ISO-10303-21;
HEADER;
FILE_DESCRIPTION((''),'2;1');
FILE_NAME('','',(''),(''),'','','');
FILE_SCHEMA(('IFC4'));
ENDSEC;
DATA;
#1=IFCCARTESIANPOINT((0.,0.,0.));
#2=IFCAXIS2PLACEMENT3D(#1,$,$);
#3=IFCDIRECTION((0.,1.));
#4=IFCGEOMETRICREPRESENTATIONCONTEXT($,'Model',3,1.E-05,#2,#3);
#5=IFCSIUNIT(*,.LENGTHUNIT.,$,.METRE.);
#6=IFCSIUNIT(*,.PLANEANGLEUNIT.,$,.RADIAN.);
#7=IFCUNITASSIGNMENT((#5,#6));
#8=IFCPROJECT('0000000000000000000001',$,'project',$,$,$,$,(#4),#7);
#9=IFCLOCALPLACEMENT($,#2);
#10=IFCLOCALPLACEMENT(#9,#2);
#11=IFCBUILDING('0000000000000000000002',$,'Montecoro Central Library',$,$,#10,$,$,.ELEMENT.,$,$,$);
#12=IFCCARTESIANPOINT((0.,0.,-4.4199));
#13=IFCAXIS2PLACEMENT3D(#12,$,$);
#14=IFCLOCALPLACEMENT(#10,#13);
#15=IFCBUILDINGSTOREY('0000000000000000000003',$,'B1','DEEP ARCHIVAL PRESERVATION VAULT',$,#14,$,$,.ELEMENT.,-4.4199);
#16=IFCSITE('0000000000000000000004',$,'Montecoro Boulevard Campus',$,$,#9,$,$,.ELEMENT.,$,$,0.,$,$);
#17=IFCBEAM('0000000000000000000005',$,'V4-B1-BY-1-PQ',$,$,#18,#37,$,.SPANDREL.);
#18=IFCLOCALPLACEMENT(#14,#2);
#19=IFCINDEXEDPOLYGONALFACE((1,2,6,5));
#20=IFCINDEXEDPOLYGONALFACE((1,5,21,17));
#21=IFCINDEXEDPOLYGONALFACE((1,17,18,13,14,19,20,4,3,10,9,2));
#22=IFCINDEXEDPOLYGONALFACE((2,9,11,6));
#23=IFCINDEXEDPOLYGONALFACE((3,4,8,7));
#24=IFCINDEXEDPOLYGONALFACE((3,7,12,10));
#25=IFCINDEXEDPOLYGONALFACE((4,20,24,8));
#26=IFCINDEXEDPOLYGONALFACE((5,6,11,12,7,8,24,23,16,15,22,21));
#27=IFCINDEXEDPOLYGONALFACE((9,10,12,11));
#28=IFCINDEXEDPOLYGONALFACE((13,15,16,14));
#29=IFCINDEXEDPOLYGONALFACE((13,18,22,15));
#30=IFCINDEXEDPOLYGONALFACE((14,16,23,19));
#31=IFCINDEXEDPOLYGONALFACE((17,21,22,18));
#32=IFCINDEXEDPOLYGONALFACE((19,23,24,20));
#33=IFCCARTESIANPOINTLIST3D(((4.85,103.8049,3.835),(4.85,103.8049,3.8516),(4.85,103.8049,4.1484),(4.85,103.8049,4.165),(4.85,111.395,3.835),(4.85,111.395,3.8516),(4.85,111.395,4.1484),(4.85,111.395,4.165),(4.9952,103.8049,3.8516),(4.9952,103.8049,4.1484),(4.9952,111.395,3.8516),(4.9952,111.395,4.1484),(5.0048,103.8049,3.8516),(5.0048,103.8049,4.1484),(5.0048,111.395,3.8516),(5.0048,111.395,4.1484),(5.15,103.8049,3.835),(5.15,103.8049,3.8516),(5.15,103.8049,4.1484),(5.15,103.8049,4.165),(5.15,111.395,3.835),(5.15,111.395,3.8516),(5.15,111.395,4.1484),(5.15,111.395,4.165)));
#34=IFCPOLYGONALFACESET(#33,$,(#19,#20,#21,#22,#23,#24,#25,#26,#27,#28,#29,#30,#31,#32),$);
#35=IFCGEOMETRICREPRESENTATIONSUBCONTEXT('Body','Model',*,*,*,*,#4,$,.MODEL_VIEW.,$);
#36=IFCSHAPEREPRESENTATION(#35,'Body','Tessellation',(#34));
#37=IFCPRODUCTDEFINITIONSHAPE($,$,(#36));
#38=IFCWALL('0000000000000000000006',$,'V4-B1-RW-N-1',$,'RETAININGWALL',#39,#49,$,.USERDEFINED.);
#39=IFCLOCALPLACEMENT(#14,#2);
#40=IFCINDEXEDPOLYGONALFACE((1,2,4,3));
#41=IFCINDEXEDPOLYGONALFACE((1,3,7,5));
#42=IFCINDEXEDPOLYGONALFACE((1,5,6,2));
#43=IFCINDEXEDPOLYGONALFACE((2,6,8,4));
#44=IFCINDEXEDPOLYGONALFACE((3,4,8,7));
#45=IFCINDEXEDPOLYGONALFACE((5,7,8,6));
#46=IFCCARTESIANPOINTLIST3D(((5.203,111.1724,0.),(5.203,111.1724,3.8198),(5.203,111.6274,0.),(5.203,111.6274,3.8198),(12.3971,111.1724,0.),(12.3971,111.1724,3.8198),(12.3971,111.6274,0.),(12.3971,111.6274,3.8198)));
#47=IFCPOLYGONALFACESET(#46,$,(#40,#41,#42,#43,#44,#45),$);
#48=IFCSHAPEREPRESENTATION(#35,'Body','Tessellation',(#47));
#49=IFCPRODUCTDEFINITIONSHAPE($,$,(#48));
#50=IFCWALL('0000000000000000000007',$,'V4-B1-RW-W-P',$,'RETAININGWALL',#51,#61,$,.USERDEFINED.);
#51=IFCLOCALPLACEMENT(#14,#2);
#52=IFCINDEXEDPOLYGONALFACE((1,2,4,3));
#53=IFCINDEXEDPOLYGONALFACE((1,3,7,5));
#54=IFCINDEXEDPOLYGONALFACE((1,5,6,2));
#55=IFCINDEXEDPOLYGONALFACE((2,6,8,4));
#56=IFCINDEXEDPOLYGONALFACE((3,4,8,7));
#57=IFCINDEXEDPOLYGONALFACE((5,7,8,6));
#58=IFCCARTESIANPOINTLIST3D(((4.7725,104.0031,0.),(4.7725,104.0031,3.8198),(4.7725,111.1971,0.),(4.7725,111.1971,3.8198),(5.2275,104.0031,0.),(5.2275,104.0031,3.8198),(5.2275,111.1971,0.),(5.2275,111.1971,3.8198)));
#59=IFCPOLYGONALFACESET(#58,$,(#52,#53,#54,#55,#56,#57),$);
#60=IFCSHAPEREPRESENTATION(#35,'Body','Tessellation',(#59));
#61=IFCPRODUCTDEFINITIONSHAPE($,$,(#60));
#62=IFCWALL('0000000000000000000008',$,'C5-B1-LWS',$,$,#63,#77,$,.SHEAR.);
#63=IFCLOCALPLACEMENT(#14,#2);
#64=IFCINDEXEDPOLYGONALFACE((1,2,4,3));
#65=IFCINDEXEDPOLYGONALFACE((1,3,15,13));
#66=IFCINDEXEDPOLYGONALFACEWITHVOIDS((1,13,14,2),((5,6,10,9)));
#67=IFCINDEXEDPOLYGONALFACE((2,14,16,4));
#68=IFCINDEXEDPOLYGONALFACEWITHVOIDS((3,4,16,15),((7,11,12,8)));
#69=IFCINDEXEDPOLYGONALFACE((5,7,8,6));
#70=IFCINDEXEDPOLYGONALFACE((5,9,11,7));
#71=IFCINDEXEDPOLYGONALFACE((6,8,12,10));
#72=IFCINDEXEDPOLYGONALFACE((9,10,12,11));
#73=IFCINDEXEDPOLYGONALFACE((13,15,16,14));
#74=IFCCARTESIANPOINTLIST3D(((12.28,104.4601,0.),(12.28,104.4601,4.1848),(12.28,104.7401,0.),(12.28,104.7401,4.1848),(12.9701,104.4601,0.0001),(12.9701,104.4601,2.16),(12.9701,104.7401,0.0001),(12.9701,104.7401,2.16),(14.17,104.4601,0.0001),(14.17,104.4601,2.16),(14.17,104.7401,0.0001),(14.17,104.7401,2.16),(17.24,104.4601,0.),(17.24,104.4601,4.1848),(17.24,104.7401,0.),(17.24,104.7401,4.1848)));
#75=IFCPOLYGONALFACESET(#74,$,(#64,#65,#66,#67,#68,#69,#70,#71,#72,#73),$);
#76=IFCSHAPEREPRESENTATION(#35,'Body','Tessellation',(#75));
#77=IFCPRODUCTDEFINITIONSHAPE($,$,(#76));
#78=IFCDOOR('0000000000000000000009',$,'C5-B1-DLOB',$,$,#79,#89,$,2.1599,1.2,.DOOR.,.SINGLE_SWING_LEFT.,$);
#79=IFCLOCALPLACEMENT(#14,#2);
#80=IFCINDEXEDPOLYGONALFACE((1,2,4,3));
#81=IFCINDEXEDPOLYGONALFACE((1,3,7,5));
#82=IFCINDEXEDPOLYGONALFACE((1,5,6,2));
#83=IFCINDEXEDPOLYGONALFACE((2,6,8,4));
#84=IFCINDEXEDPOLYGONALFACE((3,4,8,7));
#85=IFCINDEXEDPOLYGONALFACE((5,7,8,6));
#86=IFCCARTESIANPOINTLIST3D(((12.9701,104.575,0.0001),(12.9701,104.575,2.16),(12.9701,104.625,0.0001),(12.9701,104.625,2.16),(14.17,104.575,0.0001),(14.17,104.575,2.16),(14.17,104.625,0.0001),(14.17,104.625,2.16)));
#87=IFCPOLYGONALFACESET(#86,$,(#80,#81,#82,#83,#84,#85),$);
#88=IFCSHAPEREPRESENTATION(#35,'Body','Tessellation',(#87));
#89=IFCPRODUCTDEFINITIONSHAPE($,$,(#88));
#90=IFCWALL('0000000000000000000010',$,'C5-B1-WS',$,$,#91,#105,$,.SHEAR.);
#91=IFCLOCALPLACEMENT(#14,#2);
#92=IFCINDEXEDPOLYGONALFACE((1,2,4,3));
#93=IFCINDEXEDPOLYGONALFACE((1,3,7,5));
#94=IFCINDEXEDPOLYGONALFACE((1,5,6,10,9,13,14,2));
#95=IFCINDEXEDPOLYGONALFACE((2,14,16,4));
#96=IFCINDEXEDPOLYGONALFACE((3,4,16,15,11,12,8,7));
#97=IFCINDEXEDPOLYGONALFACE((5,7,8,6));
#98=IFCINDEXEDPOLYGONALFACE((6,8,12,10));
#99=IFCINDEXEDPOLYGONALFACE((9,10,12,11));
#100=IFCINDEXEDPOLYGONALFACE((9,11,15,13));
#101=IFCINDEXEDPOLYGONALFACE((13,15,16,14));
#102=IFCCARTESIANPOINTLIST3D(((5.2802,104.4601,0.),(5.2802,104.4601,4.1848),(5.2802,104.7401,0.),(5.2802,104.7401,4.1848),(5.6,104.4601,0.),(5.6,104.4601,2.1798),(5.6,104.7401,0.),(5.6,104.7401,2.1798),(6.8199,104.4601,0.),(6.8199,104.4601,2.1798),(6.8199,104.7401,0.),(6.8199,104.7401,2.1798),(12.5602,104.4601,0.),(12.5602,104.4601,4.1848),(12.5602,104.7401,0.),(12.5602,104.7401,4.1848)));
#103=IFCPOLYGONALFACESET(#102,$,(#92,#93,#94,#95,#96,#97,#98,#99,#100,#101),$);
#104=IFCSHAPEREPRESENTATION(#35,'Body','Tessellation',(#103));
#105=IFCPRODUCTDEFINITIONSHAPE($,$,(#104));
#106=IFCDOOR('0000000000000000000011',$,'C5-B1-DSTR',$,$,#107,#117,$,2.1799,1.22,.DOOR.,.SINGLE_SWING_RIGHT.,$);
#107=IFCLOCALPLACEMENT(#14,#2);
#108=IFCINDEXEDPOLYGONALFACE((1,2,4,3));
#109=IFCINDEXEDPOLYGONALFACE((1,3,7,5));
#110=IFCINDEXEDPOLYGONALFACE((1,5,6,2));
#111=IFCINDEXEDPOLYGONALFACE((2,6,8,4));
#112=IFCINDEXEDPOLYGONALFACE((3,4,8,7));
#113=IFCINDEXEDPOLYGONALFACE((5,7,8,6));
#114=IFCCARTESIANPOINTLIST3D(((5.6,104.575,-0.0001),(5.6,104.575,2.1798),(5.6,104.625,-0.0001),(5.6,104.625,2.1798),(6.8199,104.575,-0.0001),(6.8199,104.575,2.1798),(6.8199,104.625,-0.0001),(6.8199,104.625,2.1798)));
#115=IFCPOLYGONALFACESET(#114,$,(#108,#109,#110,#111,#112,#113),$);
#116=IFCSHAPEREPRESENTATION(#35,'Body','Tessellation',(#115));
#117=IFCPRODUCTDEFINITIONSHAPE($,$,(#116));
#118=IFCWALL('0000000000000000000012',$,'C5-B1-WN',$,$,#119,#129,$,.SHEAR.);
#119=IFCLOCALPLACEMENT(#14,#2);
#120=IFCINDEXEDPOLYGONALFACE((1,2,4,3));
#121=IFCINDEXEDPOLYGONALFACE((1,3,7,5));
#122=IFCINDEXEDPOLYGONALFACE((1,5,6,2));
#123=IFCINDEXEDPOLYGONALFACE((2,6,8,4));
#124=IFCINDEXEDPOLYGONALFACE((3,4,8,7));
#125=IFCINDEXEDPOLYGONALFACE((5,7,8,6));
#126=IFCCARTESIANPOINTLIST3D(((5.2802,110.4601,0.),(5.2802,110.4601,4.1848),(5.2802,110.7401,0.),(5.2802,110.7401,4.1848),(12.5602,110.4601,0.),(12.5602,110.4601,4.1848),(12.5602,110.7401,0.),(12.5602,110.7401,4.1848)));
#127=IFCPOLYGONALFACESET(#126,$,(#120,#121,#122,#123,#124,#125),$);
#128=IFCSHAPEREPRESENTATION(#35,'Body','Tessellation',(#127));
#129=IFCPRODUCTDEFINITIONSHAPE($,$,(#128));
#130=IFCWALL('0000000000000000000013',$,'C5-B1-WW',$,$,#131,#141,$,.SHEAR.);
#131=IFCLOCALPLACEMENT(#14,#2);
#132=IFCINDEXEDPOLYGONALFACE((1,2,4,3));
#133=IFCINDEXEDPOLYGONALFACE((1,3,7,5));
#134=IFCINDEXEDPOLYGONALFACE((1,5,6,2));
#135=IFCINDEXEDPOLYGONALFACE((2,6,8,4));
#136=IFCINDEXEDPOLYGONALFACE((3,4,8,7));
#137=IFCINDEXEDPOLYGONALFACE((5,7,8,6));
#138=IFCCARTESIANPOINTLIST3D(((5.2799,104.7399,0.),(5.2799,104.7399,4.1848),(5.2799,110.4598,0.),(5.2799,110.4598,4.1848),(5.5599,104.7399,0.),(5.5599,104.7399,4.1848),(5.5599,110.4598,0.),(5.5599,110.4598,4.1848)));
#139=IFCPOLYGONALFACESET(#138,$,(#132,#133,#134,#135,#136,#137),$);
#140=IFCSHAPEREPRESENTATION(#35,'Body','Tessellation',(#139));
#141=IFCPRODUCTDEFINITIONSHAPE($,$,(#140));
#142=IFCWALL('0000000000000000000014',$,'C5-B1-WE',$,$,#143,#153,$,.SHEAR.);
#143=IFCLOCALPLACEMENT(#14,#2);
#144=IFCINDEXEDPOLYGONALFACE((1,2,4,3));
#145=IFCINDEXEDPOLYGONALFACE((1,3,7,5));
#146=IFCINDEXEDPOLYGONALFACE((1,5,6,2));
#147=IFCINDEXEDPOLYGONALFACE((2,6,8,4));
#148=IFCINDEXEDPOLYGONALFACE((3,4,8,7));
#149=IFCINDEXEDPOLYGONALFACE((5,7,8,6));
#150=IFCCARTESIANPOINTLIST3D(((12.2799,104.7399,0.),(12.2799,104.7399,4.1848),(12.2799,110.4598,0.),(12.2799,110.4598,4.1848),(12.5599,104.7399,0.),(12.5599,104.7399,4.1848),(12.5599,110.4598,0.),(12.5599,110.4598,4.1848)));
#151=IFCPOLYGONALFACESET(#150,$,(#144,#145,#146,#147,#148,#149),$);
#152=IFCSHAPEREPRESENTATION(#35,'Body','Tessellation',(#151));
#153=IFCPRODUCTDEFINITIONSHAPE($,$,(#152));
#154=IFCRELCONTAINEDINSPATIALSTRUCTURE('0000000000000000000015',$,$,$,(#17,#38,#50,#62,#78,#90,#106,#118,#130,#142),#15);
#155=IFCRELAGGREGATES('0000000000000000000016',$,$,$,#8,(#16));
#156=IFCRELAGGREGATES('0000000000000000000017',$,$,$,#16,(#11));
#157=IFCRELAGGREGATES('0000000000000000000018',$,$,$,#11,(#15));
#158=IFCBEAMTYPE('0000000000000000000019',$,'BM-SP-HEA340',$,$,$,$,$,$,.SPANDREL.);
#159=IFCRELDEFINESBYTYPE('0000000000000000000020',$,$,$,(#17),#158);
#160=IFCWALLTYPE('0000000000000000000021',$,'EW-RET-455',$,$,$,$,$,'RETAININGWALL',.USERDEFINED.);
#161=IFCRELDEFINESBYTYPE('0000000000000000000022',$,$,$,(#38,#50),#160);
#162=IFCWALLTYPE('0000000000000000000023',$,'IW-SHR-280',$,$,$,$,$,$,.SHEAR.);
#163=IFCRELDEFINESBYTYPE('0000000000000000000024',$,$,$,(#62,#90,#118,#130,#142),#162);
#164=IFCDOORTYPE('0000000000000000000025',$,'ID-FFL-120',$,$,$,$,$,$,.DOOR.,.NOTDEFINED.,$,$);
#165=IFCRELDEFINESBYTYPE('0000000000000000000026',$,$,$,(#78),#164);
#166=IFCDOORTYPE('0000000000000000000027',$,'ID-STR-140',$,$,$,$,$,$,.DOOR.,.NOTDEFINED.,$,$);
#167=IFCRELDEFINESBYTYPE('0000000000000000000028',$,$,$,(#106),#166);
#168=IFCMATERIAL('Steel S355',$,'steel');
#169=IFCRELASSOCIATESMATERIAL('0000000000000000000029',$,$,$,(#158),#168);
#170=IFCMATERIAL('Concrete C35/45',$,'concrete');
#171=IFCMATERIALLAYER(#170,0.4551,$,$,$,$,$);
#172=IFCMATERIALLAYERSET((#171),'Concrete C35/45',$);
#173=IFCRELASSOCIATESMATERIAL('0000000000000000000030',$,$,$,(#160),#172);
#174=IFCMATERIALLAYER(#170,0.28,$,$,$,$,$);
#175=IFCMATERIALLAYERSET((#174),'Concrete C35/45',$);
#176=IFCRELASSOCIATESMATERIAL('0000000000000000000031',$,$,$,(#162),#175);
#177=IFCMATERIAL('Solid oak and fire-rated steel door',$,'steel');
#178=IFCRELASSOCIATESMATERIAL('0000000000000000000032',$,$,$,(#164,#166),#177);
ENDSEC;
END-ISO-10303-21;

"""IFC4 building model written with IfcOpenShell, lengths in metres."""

from ifc_helpers import new_model, si_unit, direction, frame, frame_2d, origin, origin_2d, place, context, subcontext, project, spatial, rectangle, i_section, extrude, material, layer, layer_set, material_profile, profile_set, type_object, element, fill, save


model = new_model("IFC4")

# Units and contexts
model_context = context("Model", 3, precision=1e-05, world=origin(), true_north=direction((0.0, 1.0)))
body_context = subcontext(model_context, "Body", "Model", "MODEL_VIEW")
ifc_project = project(units=[si_unit("LENGTHUNIT", "METRE"), si_unit("PLANEANGLEUNIT", "RADIAN")], contexts=[model_context])

# Site, building, storey
site_placement = place(None, origin())
site = spatial("IfcSite", under=ifc_project, at=site_placement, Name="Montecoro Boulevard Campus", CompositionType="ELEMENT", RefElevation=0.0)
building_placement = place(site_placement, origin())
building = spatial("IfcBuilding", under=site, at=building_placement, Name="Montecoro Central Library", CompositionType="ELEMENT")
storey_placement = place(building_placement, frame((0.0, 0.0, -4.4199)))
storey = spatial("IfcBuildingStorey", under=building, at=storey_placement, Name="B1", Description="DEEP ARCHIVAL PRESERVATION VAULT", CompositionType="ELEMENT", Elevation=-4.4199)

# Shared definitions
ifc_material_1 = material(Name="Concrete C35/45", Category="concrete")

# Beam
ifc_material_2 = material(Name="Steel S355", Category="steel")
ifc_material_profile_1 = material_profile(ifc_material_2, i_section(OverallWidth=0.3, OverallDepth=0.3301, WebThickness=0.0095, FlangeThickness=0.0166, at=origin_2d()), Name="HEA 340")
ifc_profile_set_1 = profile_set([ifc_material_profile_1], Name="Steel S355")
beam_type_1 = type_object("IfcBeamType", Name="BM-SP-HEA340", PredefinedType="SPANDREL", material=ifc_profile_set_1)
for number, where, z_axis, x_axis, name in (
    (1, (5.0, 103.8049, 4.0), (0.0, 1.0, 0.0), (-1.0, 0.0, 0.0), "V4-B1-BY-1-PQ"),
):
    element("IfcBeam", number, at=place(storey_placement, frame(where, z_axis=z_axis, x_axis=x_axis)), inside=storey, type_object=beam_type_1, Name=name, PredefinedType="SPANDREL", context=body_context, shape_type="SweptSolid", body=[
        extrude(i_section(OverallWidth=0.3, OverallDepth=0.3301, WebThickness=0.0095, FlangeThickness=0.0166, at=origin_2d()), origin(), (0.0, 0.0, 1.0), 7.5901),
    ])

# Walls
ifc_layer_1 = layer(ifc_material_1, 0.4551)
ifc_layer_set_1 = layer_set([ifc_layer_1], Name="Concrete C35/45")
wall_type_1 = type_object("IfcWallType", Name="EW-RET-455", ElementType="RETAININGWALL", PredefinedType="USERDEFINED", material=ifc_layer_set_1)
for number, where, z_axis, x_axis, name in (
    (2, (5.2029, 111.3999, 0.0), (0.0, 0.0, 1.0), (1.0, 0.0, 0.0), "V4-B1-RW-N-1"),
    (3, (5.0, 104.0029, 0.0), (0.0, 0.0, 1.0), (0.0, 1.0, 0.0), "V4-B1-RW-W-P"),
):
    element("IfcWall", number, at=place(storey_placement, frame(where, z_axis=z_axis, x_axis=x_axis)), inside=storey, type_object=wall_type_1, Name=name, ObjectType="RETAININGWALL", PredefinedType="USERDEFINED", context=body_context, shape_type="SweptSolid", body=[
        extrude(rectangle(XDim=7.1941, YDim=0.4551, at=frame_2d((3.5972, 0.0))), origin(), (0.0, 0.0, 1.0), 3.8198),
    ])

# Walls, openings, doors
ifc_layer_2 = layer(ifc_material_1, 0.28)
ifc_layer_set_2 = layer_set([ifc_layer_2], Name="Concrete C35/45")
wall_type_2 = type_object("IfcWallType", Name="IW-SHR-280", PredefinedType="SHEAR", material=ifc_layer_set_2)
wall_1_placement = place(storey_placement, frame((12.28, 104.6001, 0.0), z_axis=(0.0, 0.0, 1.0), x_axis=(1.0, 0.0, 0.0)))
wall_1 = element("IfcWall", 4, at=wall_1_placement, inside=storey, type_object=wall_type_2, Name="C5-B1-LWS", PredefinedType="SHEAR", context=body_context, shape_type="SweptSolid", body=[
    extrude(rectangle(XDim=4.96, YDim=0.28, at=frame_2d((2.48, 0.0))), origin(), (0.0, 0.0, 1.0), 4.1848),
])
opening_1_placement = place(wall_1_placement, frame((0.6899, 0.0, 0.0)))
opening_1 = element("IfcOpeningElement", 5, at=opening_1_placement, cuts=wall_1, PredefinedType="OPENING", context=body_context, shape_type="SweptSolid", body=[
    extrude(rectangle(XDim=1.2, YDim=2.1599, at=frame_2d((0.6001, 1.0801))), frame((0.0, 0.1499, 0.0), z_axis=(0.0, -1.0, 0.0), x_axis=(1.0, 0.0, 0.0)), (0.0, 0.0, 1.0), 0.3),
])
ifc_material_3 = material(Name="Solid oak and fire-rated steel door", Category="steel")
door_type_1 = type_object("IfcDoorType", Name="ID-FFL-120", OperationType="NOTDEFINED", PredefinedType="DOOR", material=ifc_material_3)
door_1_placement = place(opening_1_placement, origin())
door_1 = element("IfcDoor", 6, at=door_1_placement, inside=storey, type_object=door_type_1, Name="C5-B1-DLOB", OperationType="SINGLE_SWING_LEFT", OverallHeight=2.1599, OverallWidth=1.2, PredefinedType="DOOR", context=body_context, shape_type="SweptSolid", body=[
    extrude(rectangle(XDim=1.2, YDim=2.1599, at=frame_2d((0.6001, 1.0801))), frame((0.0, 0.0249, 0.0), z_axis=(0.0, -1.0, 0.0), x_axis=(1.0, 0.0, 0.0)), (0.0, 0.0, 1.0), 0.05),
])
fill(opening_1, door_1)
wall_2_placement = place(storey_placement, frame((5.28, 104.6001, 0.0), z_axis=(0.0, 0.0, 1.0), x_axis=(1.0, 0.0, 0.0)))
wall_2 = element("IfcWall", 7, at=wall_2_placement, inside=storey, type_object=wall_type_2, Name="C5-B1-WS", PredefinedType="SHEAR", context=body_context, shape_type="SweptSolid", body=[
    extrude(rectangle(XDim=7.28, YDim=0.28, at=frame_2d((3.6401, 0.0))), origin(), (0.0, 0.0, 1.0), 4.1848),
])
opening_2_placement = place(wall_2_placement, frame((0.3201, 0.0, 0.0)))
opening_2 = element("IfcOpeningElement", 8, at=opening_2_placement, cuts=wall_2, PredefinedType="OPENING", context=body_context, shape_type="SweptSolid", body=[
    extrude(rectangle(XDim=1.22, YDim=2.1799, at=frame_2d((0.6099, 1.0898))), frame((0.0, 0.1499, 0.0), z_axis=(0.0, -1.0, 0.0), x_axis=(1.0, 0.0, 0.0)), (0.0, 0.0, 1.0), 0.3),
])
door_type_2 = type_object("IfcDoorType", Name="ID-STR-140", OperationType="NOTDEFINED", PredefinedType="DOOR", material=ifc_material_3)
door_2_placement = place(opening_2_placement, origin())
door_2 = element("IfcDoor", 9, at=door_2_placement, inside=storey, type_object=door_type_2, Name="C5-B1-DSTR", OperationType="SINGLE_SWING_RIGHT", OverallHeight=2.1799, OverallWidth=1.22, PredefinedType="DOOR", context=body_context, shape_type="SweptSolid", body=[
    extrude(rectangle(XDim=1.22, YDim=2.1799, at=frame_2d((0.6099, 1.0898))), frame((0.0, 0.0249, 0.0), z_axis=(0.0, -1.0, 0.0), x_axis=(1.0, 0.0, 0.0)), (0.0, 0.0, 1.0), 0.05),
])
fill(opening_2, door_2)

# Walls
wall_3_placement = place(storey_placement, frame((5.28, 110.6001, 0.0), z_axis=(0.0, 0.0, 1.0), x_axis=(1.0, 0.0, 0.0)))
element("IfcWall", 10, at=wall_3_placement, inside=storey, type_object=wall_type_2, Name="C5-B1-WN", PredefinedType="SHEAR", context=body_context, shape_type="SweptSolid", body=[
    extrude(rectangle(XDim=7.28, YDim=0.28, at=frame_2d((3.6401, 0.0))), origin(), (0.0, 0.0, 1.0), 4.1848),
])
for number, where, z_axis, x_axis, name in (
    (11, (5.4199, 104.74, 0.0), (0.0, 0.0, 1.0), (0.0, 1.0, 0.0), "C5-B1-WW"),
    (12, (12.4199, 104.74, 0.0), (0.0, 0.0, 1.0), (0.0, 1.0, 0.0), "C5-B1-WE"),
):
    element("IfcWall", number, at=place(storey_placement, frame(where, z_axis=z_axis, x_axis=x_axis)), inside=storey, type_object=wall_type_2, Name=name, PredefinedType="SHEAR", context=body_context, shape_type="SweptSolid", body=[
        extrude(rectangle(XDim=5.72, YDim=0.28, at=frame_2d((2.8599, 0.0))), origin(), (0.0, 0.0, 1.0), 4.1848),
    ])

save(model, "model.ifc")
